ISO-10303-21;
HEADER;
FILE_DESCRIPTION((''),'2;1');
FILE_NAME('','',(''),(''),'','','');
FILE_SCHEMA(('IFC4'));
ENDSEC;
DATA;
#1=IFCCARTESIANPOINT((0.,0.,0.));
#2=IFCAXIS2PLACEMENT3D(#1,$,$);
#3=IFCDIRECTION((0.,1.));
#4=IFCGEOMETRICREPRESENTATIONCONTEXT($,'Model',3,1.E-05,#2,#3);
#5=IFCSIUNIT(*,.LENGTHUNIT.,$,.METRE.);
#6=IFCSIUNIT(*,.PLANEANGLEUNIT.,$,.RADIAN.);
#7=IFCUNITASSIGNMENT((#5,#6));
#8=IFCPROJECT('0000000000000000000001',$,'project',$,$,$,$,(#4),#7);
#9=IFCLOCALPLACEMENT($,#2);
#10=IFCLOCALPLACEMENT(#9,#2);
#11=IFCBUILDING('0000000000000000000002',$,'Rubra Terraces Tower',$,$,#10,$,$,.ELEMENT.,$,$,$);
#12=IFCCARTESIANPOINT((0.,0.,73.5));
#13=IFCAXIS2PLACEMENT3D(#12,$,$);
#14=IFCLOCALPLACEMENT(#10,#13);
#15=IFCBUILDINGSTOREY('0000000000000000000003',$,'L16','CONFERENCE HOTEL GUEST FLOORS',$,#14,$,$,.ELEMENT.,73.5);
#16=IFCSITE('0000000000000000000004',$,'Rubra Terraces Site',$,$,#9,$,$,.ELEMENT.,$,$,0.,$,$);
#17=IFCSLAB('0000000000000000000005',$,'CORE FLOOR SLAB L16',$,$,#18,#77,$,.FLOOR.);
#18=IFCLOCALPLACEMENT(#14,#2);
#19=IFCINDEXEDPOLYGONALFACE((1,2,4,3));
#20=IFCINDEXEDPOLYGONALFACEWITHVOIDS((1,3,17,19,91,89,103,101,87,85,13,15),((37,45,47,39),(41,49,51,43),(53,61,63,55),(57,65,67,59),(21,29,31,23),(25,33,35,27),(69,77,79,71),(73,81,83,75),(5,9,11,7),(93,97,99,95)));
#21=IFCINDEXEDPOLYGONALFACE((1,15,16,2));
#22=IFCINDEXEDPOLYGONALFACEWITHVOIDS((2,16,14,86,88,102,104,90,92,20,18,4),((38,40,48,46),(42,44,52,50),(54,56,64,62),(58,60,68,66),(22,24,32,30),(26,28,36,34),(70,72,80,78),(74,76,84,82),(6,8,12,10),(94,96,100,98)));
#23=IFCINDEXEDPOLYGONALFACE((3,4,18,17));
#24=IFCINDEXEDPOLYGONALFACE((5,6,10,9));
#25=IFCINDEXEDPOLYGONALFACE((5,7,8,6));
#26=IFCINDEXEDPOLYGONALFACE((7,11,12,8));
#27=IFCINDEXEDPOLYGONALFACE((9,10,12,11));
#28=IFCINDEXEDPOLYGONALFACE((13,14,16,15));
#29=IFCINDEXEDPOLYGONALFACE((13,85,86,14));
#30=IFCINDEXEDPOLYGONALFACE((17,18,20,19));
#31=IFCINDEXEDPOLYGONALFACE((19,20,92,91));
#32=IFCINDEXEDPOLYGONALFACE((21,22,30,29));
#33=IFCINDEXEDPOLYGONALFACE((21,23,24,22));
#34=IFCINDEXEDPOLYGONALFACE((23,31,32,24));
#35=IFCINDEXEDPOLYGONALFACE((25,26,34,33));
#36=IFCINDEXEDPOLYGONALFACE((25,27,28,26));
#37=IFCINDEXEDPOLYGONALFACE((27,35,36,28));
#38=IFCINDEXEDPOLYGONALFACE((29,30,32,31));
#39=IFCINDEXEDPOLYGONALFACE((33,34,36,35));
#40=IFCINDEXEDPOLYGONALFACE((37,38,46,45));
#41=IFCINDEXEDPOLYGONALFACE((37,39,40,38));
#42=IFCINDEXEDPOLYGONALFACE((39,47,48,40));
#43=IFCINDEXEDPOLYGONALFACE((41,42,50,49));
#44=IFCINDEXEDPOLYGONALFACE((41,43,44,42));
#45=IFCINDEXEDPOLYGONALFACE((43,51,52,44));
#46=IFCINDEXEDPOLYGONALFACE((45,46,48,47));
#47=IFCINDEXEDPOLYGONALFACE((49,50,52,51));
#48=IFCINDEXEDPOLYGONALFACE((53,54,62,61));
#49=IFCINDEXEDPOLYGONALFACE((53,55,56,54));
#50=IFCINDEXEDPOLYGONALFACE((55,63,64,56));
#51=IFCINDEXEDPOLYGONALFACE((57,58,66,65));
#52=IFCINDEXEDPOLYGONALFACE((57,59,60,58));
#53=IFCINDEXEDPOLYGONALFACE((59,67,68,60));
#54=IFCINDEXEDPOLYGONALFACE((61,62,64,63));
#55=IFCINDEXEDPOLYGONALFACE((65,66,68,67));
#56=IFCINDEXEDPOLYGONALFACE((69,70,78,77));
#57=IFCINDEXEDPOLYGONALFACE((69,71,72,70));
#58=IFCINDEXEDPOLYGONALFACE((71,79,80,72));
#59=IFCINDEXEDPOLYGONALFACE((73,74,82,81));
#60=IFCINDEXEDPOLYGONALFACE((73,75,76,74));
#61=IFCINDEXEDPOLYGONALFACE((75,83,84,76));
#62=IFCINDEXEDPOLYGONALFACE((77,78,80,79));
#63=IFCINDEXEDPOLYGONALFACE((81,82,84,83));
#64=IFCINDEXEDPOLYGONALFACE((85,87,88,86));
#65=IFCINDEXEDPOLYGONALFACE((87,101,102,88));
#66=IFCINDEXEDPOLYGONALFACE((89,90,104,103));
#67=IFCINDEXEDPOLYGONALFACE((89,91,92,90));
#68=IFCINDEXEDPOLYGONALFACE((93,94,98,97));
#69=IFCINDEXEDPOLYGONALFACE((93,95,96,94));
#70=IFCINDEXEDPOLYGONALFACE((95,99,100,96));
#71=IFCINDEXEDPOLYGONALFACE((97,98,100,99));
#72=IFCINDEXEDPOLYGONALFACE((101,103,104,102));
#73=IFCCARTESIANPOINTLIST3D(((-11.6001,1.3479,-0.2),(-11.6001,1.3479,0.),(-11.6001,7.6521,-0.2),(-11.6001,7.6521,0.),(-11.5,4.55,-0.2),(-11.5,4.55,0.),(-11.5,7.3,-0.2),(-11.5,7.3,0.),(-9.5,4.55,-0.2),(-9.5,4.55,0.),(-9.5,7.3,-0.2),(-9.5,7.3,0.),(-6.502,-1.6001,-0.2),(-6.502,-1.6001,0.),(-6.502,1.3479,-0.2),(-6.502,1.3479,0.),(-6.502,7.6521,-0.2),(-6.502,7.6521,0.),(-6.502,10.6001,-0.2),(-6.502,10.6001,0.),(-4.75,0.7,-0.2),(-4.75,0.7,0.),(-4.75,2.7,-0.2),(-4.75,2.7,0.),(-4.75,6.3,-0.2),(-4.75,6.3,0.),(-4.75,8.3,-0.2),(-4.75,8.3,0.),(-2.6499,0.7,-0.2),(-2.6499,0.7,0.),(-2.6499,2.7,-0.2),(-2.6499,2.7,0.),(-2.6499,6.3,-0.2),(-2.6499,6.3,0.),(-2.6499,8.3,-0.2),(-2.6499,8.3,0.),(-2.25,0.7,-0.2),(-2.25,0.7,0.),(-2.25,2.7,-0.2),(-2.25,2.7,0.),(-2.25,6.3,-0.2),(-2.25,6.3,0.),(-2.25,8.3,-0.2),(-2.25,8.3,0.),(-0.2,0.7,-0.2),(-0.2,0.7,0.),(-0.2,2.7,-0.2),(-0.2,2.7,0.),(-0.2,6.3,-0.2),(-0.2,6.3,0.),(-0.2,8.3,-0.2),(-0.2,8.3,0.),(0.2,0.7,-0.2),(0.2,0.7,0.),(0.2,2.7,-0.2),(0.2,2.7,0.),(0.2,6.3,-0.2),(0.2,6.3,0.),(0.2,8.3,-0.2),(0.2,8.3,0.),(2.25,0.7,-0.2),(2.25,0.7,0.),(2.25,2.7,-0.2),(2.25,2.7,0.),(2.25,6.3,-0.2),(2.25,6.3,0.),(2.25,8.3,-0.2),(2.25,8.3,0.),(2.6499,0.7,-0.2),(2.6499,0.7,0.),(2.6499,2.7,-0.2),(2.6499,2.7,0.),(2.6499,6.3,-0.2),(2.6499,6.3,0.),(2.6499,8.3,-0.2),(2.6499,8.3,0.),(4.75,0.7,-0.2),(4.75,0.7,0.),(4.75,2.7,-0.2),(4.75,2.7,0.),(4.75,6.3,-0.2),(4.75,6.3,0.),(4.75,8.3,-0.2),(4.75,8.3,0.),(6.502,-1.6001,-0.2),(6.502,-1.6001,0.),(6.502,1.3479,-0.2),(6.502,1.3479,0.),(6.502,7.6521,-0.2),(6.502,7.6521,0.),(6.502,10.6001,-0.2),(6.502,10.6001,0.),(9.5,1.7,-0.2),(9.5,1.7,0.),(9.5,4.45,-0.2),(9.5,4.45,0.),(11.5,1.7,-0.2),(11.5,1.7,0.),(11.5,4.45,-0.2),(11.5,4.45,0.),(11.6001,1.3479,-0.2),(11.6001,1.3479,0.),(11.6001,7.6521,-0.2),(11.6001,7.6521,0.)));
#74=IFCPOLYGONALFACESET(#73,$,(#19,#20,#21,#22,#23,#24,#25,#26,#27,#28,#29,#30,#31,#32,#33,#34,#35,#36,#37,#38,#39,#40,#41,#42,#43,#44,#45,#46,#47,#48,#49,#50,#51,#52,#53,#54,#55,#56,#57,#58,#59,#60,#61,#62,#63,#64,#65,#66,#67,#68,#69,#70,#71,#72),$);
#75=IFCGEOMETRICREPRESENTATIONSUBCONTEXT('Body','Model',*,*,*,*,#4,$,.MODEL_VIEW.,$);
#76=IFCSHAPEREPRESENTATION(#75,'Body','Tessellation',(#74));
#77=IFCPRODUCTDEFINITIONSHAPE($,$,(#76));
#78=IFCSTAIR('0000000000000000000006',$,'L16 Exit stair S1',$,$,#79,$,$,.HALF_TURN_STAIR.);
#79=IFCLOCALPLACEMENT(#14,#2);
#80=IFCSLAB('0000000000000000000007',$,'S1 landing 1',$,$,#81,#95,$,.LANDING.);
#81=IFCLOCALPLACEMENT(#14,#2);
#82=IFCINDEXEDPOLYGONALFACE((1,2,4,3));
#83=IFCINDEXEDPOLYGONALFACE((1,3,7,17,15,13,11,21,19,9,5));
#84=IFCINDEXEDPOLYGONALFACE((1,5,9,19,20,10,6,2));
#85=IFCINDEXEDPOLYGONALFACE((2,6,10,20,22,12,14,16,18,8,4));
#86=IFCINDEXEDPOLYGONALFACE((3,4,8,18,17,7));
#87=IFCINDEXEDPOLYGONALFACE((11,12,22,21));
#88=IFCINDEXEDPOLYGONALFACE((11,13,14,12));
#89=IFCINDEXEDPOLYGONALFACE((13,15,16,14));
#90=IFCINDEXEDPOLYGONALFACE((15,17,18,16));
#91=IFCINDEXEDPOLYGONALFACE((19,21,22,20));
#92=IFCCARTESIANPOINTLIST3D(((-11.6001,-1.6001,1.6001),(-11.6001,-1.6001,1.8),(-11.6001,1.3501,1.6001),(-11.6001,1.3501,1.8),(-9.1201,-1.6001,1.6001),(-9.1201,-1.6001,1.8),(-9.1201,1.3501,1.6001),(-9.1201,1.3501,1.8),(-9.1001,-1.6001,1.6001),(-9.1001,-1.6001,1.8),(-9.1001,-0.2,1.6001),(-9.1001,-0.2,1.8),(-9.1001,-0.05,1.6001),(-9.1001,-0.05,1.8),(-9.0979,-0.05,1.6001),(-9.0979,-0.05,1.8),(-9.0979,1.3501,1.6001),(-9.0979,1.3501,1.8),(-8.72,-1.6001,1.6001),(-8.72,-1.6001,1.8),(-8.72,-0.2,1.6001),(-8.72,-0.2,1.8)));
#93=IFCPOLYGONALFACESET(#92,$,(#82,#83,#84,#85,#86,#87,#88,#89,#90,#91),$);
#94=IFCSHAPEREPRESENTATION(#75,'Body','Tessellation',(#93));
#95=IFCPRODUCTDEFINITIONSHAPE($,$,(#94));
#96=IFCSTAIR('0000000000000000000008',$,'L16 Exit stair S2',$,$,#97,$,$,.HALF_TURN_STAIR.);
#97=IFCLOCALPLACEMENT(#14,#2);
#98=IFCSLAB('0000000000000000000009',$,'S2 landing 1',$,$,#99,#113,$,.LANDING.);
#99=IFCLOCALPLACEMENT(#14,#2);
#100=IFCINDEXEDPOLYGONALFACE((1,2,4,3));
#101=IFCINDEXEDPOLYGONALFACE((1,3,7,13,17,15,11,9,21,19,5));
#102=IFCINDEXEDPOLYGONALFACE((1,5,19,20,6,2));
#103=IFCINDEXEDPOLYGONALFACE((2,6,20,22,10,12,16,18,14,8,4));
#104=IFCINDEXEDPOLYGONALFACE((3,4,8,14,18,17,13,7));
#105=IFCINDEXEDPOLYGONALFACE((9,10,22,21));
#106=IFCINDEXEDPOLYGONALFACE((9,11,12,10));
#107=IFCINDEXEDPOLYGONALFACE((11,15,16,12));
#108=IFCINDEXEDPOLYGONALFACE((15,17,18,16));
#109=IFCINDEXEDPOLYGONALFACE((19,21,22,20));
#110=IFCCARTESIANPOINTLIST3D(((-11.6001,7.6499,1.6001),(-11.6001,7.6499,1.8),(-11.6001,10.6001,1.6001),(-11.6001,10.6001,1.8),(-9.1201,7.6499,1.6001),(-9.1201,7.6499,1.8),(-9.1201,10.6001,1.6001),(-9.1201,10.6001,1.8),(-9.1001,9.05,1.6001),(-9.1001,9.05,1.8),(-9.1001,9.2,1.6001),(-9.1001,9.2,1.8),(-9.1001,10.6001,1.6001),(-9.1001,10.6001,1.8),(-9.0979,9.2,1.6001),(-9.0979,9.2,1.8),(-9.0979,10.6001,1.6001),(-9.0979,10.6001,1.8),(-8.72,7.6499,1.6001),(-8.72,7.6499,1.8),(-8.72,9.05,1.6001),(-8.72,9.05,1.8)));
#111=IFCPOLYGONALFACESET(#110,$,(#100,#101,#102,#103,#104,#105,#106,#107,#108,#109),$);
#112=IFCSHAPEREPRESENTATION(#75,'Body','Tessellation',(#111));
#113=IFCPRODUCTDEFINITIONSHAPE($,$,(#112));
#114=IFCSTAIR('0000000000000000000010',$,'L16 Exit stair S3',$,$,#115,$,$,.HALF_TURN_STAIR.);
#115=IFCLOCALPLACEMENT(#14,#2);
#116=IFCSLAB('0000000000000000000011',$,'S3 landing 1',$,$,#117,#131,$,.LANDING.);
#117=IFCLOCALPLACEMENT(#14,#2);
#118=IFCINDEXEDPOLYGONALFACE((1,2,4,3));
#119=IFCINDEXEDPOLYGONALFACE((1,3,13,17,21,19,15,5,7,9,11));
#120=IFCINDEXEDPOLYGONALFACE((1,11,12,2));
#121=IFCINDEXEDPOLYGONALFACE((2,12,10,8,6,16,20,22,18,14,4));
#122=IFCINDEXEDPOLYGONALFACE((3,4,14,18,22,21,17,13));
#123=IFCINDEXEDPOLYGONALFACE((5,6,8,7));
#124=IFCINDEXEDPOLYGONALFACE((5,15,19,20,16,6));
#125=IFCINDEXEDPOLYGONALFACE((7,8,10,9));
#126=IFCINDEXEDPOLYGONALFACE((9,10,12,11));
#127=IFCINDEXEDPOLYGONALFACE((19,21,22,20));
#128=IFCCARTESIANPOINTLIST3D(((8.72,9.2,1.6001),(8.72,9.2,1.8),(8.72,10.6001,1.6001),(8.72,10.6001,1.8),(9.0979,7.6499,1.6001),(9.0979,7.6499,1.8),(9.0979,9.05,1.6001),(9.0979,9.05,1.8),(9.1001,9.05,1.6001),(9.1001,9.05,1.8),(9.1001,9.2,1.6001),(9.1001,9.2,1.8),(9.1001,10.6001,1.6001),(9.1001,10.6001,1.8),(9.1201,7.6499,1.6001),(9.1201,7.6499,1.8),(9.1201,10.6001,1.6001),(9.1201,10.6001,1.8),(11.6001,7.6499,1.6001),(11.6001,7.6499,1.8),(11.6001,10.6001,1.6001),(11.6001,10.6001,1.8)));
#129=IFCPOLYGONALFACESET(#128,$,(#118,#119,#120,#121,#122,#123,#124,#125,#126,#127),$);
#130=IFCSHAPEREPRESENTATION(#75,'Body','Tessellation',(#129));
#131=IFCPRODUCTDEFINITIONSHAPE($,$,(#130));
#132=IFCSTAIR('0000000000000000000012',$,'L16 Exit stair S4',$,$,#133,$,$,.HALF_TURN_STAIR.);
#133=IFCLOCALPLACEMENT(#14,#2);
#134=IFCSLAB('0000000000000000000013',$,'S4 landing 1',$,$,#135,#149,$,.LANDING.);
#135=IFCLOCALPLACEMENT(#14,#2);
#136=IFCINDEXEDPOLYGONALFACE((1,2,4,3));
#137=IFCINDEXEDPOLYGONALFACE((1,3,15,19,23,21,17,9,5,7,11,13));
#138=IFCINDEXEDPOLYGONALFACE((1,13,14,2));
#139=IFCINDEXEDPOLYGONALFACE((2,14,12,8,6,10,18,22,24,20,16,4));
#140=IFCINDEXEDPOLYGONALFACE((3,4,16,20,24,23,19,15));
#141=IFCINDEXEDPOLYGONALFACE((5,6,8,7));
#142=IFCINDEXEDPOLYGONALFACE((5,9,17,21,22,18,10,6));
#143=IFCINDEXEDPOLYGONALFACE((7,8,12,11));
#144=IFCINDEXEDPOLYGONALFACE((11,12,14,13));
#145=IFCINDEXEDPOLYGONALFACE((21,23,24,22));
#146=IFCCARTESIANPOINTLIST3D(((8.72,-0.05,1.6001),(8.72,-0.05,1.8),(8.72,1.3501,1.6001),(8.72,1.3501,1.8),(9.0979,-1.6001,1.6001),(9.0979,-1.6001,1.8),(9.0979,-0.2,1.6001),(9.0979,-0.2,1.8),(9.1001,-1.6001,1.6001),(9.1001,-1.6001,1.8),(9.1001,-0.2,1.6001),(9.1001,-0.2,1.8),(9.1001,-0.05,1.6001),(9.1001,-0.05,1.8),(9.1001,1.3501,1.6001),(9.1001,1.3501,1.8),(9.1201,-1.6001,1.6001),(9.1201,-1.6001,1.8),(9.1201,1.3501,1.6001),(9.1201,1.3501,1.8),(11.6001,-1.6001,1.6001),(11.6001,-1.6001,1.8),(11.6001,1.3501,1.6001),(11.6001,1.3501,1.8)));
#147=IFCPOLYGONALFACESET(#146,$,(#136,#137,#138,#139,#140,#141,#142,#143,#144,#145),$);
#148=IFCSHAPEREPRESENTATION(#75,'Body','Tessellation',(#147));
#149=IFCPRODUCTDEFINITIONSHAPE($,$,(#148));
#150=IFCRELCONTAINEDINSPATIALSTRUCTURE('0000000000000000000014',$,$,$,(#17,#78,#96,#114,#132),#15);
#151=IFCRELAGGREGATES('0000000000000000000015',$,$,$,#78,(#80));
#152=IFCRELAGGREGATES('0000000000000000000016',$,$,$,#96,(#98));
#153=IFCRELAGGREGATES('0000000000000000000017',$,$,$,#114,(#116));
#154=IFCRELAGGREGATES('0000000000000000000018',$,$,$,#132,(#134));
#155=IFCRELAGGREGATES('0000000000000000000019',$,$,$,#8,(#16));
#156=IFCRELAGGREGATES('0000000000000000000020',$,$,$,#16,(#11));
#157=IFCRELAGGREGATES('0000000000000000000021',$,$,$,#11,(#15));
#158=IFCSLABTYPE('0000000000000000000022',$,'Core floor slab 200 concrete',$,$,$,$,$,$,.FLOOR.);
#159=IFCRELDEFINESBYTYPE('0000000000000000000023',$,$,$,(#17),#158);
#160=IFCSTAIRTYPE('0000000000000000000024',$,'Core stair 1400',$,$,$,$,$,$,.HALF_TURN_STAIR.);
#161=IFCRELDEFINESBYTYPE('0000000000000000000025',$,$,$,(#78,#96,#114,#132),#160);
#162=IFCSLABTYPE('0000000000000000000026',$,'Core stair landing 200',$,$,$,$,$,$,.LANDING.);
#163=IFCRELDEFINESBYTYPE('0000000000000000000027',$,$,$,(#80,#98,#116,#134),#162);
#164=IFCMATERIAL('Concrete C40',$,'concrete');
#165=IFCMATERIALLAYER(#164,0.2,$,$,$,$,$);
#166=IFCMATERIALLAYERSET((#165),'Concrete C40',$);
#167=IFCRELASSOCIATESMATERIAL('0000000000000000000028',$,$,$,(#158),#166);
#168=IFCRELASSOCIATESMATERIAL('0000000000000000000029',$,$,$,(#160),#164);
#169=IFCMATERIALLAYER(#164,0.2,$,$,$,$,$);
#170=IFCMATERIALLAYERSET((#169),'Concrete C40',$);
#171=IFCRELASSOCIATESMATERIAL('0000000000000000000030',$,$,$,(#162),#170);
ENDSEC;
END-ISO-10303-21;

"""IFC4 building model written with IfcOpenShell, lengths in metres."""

from ifc_helpers import new_model, si_unit, direction, frame, origin, place, context, subcontext, project, spatial, polyline, outline, extrude, material, layer, layer_set, type_object, element, aggregate, save


model = new_model("IFC4")

# Units and contexts
model_context = context("Model", 3, precision=1e-05, world=origin(), true_north=direction((0.0, 1.0)))
body_context = subcontext(model_context, "Body", "Model", "MODEL_VIEW")
ifc_project = project(units=[si_unit("LENGTHUNIT", "METRE"), si_unit("PLANEANGLEUNIT", "RADIAN")], contexts=[model_context])

# Site, building, storey
site_placement = place(None, origin())
site = spatial("IfcSite", under=ifc_project, at=site_placement, Name="Rubra Terraces Site", CompositionType="ELEMENT", RefElevation=0.0)
building_placement = place(site_placement, origin())
building = spatial("IfcBuilding", under=site, at=building_placement, Name="Rubra Terraces Tower", CompositionType="ELEMENT")
storey_placement = place(building_placement, frame((0.0, 0.0, 73.5)))
storey = spatial("IfcBuildingStorey", under=building, at=storey_placement, Name="L16", Description="CONFERENCE HOTEL GUEST FLOORS", CompositionType="ELEMENT", Elevation=73.5)

# Slab
ifc_material_1 = material(Name="Concrete C40", Category="concrete")
ifc_layer_1 = layer(ifc_material_1, 0.2)
ifc_layer_set_1 = layer_set([ifc_layer_1], Name="Concrete C40")
slab_type_1 = type_object("IfcSlabType", Name="Core floor slab 200 concrete", PredefinedType="FLOOR", material=ifc_layer_set_1)
slab_1_placement = place(storey_placement, frame((0.0, 0.0, -0.2)))
element("IfcSlab", 1, at=slab_1_placement, inside=storey, type_object=slab_type_1, Name="CORE FLOOR SLAB L16", PredefinedType="FLOOR", context=body_context, shape_type="SweptSolid", body=[
    extrude(outline(polyline([(-11.6001, 1.3479), (-11.6001, 7.6521), (-6.502, 7.6521), (-6.502, 10.6001), (6.502, 10.6001), (6.502, 7.6521), (11.6001, 7.6521), (11.6001, 1.3479), (6.502, 1.3479), (6.502, -1.6001), (-6.502, -1.6001), (-6.502, 1.3479), (-11.6001, 1.3479)]), holes=[polyline([(9.5, 1.7), (11.5, 1.7), (11.5, 4.45), (9.5, 4.45), (9.5, 1.7)]), polyline([(4.75, 0.7), (4.75, 2.7), (2.6499, 2.7), (2.6499, 0.7), (4.75, 0.7)]), polyline([(4.75, 6.3), (4.75, 8.3), (2.6499, 8.3), (2.6499, 6.3), (4.75, 6.3)]), polyline([(2.25, 0.7), (2.25, 2.7), (0.2, 2.7), (0.2, 0.7), (2.25, 0.7)]), polyline([(2.25, 6.3), (2.25, 8.3), (0.2, 8.3), (0.2, 6.3), (2.25, 6.3)]), polyline([(-0.2, 0.7), (-0.2, 2.7), (-2.25, 2.7), (-2.25, 0.7), (-0.2, 0.7)]), polyline([(-0.2, 6.3), (-0.2, 8.3), (-2.25, 8.3), (-2.25, 6.3), (-0.2, 6.3)]), polyline([(-2.6499, 0.7), (-2.6499, 2.7), (-4.75, 2.7), (-4.75, 0.7), (-2.6499, 0.7)]), polyline([(-2.6499, 8.3), (-4.75, 8.3), (-4.75, 6.3), (-2.6499, 6.3), (-2.6499, 8.3)]), polyline([(-9.5, 7.3), (-11.5, 7.3), (-11.5, 4.55), (-9.5, 4.55), (-9.5, 7.3)])]), origin(), (0.0, 0.0, 1.0), 0.2),
])

# Stairs, slabs
stair_type = type_object("IfcStairType", Name="Core stair 1400", PredefinedType="HALF_TURN_STAIR", material=ifc_material_1)
stair_1_placement = place(storey_placement, origin())
stair_1 = element("IfcStair", 2, at=stair_1_placement, inside=storey, type_object=stair_type, Name="L16 Exit stair S1", PredefinedType="HALF_TURN_STAIR")
ifc_layer_2 = layer(ifc_material_1, 0.2)
ifc_layer_set_2 = layer_set([ifc_layer_2], Name="Concrete C40")
slab_type_2 = type_object("IfcSlabType", Name="Core stair landing 200", PredefinedType="LANDING", material=ifc_layer_set_2)
slab_2_placement = place(storey_placement, frame((0.0, 0.0, 1.6001)))
slab_2 = element("IfcSlab", 3, at=slab_2_placement, type_object=slab_type_2, Name="S1 landing 1", PredefinedType="LANDING", context=body_context, shape_type="SweptSolid", body=[
    extrude(outline(polyline([(-8.72, -0.2), (-8.72, -1.6001), (-9.1001, -1.6001), (-9.1201, -1.6001), (-11.6001, -1.6001), (-11.6001, 1.3501), (-9.1201, 1.3501), (-9.0979, 1.3501), (-9.0979, -0.05), (-9.1001, -0.05), (-9.1001, -0.2), (-8.72, -0.2)])), origin(), (0.0, 0.0, 1.0), 0.2),
])
aggregate(stair_1, [slab_2])
stair_2_placement = place(storey_placement, origin())
stair_2 = element("IfcStair", 4, at=stair_2_placement, inside=storey, type_object=stair_type, Name="L16 Exit stair S2", PredefinedType="HALF_TURN_STAIR")
slab_3_placement = place(storey_placement, frame((0.0, 0.0, 1.6001)))
slab_3 = element("IfcSlab", 5, at=slab_3_placement, type_object=slab_type_2, Name="S2 landing 1", PredefinedType="LANDING", context=body_context, shape_type="SweptSolid", body=[
    extrude(outline(polyline([(-8.72, 9.05), (-8.72, 7.6499), (-9.1201, 7.6499), (-11.6001, 7.6499), (-11.6001, 10.6001), (-9.1201, 10.6001), (-9.1001, 10.6001), (-9.0979, 10.6001), (-9.0979, 9.2), (-9.1001, 9.2), (-9.1001, 9.05), (-8.72, 9.05)])), origin(), (0.0, 0.0, 1.0), 0.2),
])
aggregate(stair_2, [slab_3])
stair_3_placement = place(storey_placement, origin())
stair_3 = element("IfcStair", 6, at=stair_3_placement, inside=storey, type_object=stair_type, Name="L16 Exit stair S3", PredefinedType="HALF_TURN_STAIR")
slab_4_placement = place(storey_placement, frame((0.0, 0.0, 1.6001)))
slab_4 = element("IfcSlab", 7, at=slab_4_placement, type_object=slab_type_2, Name="S3 landing 1", PredefinedType="LANDING", context=body_context, shape_type="SweptSolid", body=[
    extrude(outline(polyline([(9.1001, 9.05), (9.1001, 9.2), (8.72, 9.2), (8.72, 10.6001), (9.1001, 10.6001), (9.1201, 10.6001), (11.6001, 10.6001), (11.6001, 7.6499), (9.1201, 7.6499), (9.0979, 7.6499), (9.0979, 9.05), (9.1001, 9.05)])), origin(), (0.0, 0.0, 1.0), 0.2),
])
aggregate(stair_3, [slab_4])
stair_4_placement = place(storey_placement, origin())
stair_4 = element("IfcStair", 8, at=stair_4_placement, inside=storey, type_object=stair_type, Name="L16 Exit stair S4", PredefinedType="HALF_TURN_STAIR")
slab_5_placement = place(storey_placement, frame((0.0, 0.0, 1.6001)))
slab_5 = element("IfcSlab", 9, at=slab_5_placement, type_object=slab_type_2, Name="S4 landing 1", PredefinedType="LANDING", context=body_context, shape_type="SweptSolid", body=[
    extrude(outline(polyline([(9.1001, -0.2), (9.1001, -0.05), (8.72, -0.05), (8.72, 1.3501), (9.1001, 1.3501), (9.1201, 1.3501), (11.6001, 1.3501), (11.6001, -1.6001), (9.1201, -1.6001), (9.1001, -1.6001), (9.0979, -1.6001), (9.0979, -0.2), (9.1001, -0.2)])), origin(), (0.0, 0.0, 1.0), 0.2),
])

aggregate(stair_4, [slab_5])

save(model, "model.ifc")
